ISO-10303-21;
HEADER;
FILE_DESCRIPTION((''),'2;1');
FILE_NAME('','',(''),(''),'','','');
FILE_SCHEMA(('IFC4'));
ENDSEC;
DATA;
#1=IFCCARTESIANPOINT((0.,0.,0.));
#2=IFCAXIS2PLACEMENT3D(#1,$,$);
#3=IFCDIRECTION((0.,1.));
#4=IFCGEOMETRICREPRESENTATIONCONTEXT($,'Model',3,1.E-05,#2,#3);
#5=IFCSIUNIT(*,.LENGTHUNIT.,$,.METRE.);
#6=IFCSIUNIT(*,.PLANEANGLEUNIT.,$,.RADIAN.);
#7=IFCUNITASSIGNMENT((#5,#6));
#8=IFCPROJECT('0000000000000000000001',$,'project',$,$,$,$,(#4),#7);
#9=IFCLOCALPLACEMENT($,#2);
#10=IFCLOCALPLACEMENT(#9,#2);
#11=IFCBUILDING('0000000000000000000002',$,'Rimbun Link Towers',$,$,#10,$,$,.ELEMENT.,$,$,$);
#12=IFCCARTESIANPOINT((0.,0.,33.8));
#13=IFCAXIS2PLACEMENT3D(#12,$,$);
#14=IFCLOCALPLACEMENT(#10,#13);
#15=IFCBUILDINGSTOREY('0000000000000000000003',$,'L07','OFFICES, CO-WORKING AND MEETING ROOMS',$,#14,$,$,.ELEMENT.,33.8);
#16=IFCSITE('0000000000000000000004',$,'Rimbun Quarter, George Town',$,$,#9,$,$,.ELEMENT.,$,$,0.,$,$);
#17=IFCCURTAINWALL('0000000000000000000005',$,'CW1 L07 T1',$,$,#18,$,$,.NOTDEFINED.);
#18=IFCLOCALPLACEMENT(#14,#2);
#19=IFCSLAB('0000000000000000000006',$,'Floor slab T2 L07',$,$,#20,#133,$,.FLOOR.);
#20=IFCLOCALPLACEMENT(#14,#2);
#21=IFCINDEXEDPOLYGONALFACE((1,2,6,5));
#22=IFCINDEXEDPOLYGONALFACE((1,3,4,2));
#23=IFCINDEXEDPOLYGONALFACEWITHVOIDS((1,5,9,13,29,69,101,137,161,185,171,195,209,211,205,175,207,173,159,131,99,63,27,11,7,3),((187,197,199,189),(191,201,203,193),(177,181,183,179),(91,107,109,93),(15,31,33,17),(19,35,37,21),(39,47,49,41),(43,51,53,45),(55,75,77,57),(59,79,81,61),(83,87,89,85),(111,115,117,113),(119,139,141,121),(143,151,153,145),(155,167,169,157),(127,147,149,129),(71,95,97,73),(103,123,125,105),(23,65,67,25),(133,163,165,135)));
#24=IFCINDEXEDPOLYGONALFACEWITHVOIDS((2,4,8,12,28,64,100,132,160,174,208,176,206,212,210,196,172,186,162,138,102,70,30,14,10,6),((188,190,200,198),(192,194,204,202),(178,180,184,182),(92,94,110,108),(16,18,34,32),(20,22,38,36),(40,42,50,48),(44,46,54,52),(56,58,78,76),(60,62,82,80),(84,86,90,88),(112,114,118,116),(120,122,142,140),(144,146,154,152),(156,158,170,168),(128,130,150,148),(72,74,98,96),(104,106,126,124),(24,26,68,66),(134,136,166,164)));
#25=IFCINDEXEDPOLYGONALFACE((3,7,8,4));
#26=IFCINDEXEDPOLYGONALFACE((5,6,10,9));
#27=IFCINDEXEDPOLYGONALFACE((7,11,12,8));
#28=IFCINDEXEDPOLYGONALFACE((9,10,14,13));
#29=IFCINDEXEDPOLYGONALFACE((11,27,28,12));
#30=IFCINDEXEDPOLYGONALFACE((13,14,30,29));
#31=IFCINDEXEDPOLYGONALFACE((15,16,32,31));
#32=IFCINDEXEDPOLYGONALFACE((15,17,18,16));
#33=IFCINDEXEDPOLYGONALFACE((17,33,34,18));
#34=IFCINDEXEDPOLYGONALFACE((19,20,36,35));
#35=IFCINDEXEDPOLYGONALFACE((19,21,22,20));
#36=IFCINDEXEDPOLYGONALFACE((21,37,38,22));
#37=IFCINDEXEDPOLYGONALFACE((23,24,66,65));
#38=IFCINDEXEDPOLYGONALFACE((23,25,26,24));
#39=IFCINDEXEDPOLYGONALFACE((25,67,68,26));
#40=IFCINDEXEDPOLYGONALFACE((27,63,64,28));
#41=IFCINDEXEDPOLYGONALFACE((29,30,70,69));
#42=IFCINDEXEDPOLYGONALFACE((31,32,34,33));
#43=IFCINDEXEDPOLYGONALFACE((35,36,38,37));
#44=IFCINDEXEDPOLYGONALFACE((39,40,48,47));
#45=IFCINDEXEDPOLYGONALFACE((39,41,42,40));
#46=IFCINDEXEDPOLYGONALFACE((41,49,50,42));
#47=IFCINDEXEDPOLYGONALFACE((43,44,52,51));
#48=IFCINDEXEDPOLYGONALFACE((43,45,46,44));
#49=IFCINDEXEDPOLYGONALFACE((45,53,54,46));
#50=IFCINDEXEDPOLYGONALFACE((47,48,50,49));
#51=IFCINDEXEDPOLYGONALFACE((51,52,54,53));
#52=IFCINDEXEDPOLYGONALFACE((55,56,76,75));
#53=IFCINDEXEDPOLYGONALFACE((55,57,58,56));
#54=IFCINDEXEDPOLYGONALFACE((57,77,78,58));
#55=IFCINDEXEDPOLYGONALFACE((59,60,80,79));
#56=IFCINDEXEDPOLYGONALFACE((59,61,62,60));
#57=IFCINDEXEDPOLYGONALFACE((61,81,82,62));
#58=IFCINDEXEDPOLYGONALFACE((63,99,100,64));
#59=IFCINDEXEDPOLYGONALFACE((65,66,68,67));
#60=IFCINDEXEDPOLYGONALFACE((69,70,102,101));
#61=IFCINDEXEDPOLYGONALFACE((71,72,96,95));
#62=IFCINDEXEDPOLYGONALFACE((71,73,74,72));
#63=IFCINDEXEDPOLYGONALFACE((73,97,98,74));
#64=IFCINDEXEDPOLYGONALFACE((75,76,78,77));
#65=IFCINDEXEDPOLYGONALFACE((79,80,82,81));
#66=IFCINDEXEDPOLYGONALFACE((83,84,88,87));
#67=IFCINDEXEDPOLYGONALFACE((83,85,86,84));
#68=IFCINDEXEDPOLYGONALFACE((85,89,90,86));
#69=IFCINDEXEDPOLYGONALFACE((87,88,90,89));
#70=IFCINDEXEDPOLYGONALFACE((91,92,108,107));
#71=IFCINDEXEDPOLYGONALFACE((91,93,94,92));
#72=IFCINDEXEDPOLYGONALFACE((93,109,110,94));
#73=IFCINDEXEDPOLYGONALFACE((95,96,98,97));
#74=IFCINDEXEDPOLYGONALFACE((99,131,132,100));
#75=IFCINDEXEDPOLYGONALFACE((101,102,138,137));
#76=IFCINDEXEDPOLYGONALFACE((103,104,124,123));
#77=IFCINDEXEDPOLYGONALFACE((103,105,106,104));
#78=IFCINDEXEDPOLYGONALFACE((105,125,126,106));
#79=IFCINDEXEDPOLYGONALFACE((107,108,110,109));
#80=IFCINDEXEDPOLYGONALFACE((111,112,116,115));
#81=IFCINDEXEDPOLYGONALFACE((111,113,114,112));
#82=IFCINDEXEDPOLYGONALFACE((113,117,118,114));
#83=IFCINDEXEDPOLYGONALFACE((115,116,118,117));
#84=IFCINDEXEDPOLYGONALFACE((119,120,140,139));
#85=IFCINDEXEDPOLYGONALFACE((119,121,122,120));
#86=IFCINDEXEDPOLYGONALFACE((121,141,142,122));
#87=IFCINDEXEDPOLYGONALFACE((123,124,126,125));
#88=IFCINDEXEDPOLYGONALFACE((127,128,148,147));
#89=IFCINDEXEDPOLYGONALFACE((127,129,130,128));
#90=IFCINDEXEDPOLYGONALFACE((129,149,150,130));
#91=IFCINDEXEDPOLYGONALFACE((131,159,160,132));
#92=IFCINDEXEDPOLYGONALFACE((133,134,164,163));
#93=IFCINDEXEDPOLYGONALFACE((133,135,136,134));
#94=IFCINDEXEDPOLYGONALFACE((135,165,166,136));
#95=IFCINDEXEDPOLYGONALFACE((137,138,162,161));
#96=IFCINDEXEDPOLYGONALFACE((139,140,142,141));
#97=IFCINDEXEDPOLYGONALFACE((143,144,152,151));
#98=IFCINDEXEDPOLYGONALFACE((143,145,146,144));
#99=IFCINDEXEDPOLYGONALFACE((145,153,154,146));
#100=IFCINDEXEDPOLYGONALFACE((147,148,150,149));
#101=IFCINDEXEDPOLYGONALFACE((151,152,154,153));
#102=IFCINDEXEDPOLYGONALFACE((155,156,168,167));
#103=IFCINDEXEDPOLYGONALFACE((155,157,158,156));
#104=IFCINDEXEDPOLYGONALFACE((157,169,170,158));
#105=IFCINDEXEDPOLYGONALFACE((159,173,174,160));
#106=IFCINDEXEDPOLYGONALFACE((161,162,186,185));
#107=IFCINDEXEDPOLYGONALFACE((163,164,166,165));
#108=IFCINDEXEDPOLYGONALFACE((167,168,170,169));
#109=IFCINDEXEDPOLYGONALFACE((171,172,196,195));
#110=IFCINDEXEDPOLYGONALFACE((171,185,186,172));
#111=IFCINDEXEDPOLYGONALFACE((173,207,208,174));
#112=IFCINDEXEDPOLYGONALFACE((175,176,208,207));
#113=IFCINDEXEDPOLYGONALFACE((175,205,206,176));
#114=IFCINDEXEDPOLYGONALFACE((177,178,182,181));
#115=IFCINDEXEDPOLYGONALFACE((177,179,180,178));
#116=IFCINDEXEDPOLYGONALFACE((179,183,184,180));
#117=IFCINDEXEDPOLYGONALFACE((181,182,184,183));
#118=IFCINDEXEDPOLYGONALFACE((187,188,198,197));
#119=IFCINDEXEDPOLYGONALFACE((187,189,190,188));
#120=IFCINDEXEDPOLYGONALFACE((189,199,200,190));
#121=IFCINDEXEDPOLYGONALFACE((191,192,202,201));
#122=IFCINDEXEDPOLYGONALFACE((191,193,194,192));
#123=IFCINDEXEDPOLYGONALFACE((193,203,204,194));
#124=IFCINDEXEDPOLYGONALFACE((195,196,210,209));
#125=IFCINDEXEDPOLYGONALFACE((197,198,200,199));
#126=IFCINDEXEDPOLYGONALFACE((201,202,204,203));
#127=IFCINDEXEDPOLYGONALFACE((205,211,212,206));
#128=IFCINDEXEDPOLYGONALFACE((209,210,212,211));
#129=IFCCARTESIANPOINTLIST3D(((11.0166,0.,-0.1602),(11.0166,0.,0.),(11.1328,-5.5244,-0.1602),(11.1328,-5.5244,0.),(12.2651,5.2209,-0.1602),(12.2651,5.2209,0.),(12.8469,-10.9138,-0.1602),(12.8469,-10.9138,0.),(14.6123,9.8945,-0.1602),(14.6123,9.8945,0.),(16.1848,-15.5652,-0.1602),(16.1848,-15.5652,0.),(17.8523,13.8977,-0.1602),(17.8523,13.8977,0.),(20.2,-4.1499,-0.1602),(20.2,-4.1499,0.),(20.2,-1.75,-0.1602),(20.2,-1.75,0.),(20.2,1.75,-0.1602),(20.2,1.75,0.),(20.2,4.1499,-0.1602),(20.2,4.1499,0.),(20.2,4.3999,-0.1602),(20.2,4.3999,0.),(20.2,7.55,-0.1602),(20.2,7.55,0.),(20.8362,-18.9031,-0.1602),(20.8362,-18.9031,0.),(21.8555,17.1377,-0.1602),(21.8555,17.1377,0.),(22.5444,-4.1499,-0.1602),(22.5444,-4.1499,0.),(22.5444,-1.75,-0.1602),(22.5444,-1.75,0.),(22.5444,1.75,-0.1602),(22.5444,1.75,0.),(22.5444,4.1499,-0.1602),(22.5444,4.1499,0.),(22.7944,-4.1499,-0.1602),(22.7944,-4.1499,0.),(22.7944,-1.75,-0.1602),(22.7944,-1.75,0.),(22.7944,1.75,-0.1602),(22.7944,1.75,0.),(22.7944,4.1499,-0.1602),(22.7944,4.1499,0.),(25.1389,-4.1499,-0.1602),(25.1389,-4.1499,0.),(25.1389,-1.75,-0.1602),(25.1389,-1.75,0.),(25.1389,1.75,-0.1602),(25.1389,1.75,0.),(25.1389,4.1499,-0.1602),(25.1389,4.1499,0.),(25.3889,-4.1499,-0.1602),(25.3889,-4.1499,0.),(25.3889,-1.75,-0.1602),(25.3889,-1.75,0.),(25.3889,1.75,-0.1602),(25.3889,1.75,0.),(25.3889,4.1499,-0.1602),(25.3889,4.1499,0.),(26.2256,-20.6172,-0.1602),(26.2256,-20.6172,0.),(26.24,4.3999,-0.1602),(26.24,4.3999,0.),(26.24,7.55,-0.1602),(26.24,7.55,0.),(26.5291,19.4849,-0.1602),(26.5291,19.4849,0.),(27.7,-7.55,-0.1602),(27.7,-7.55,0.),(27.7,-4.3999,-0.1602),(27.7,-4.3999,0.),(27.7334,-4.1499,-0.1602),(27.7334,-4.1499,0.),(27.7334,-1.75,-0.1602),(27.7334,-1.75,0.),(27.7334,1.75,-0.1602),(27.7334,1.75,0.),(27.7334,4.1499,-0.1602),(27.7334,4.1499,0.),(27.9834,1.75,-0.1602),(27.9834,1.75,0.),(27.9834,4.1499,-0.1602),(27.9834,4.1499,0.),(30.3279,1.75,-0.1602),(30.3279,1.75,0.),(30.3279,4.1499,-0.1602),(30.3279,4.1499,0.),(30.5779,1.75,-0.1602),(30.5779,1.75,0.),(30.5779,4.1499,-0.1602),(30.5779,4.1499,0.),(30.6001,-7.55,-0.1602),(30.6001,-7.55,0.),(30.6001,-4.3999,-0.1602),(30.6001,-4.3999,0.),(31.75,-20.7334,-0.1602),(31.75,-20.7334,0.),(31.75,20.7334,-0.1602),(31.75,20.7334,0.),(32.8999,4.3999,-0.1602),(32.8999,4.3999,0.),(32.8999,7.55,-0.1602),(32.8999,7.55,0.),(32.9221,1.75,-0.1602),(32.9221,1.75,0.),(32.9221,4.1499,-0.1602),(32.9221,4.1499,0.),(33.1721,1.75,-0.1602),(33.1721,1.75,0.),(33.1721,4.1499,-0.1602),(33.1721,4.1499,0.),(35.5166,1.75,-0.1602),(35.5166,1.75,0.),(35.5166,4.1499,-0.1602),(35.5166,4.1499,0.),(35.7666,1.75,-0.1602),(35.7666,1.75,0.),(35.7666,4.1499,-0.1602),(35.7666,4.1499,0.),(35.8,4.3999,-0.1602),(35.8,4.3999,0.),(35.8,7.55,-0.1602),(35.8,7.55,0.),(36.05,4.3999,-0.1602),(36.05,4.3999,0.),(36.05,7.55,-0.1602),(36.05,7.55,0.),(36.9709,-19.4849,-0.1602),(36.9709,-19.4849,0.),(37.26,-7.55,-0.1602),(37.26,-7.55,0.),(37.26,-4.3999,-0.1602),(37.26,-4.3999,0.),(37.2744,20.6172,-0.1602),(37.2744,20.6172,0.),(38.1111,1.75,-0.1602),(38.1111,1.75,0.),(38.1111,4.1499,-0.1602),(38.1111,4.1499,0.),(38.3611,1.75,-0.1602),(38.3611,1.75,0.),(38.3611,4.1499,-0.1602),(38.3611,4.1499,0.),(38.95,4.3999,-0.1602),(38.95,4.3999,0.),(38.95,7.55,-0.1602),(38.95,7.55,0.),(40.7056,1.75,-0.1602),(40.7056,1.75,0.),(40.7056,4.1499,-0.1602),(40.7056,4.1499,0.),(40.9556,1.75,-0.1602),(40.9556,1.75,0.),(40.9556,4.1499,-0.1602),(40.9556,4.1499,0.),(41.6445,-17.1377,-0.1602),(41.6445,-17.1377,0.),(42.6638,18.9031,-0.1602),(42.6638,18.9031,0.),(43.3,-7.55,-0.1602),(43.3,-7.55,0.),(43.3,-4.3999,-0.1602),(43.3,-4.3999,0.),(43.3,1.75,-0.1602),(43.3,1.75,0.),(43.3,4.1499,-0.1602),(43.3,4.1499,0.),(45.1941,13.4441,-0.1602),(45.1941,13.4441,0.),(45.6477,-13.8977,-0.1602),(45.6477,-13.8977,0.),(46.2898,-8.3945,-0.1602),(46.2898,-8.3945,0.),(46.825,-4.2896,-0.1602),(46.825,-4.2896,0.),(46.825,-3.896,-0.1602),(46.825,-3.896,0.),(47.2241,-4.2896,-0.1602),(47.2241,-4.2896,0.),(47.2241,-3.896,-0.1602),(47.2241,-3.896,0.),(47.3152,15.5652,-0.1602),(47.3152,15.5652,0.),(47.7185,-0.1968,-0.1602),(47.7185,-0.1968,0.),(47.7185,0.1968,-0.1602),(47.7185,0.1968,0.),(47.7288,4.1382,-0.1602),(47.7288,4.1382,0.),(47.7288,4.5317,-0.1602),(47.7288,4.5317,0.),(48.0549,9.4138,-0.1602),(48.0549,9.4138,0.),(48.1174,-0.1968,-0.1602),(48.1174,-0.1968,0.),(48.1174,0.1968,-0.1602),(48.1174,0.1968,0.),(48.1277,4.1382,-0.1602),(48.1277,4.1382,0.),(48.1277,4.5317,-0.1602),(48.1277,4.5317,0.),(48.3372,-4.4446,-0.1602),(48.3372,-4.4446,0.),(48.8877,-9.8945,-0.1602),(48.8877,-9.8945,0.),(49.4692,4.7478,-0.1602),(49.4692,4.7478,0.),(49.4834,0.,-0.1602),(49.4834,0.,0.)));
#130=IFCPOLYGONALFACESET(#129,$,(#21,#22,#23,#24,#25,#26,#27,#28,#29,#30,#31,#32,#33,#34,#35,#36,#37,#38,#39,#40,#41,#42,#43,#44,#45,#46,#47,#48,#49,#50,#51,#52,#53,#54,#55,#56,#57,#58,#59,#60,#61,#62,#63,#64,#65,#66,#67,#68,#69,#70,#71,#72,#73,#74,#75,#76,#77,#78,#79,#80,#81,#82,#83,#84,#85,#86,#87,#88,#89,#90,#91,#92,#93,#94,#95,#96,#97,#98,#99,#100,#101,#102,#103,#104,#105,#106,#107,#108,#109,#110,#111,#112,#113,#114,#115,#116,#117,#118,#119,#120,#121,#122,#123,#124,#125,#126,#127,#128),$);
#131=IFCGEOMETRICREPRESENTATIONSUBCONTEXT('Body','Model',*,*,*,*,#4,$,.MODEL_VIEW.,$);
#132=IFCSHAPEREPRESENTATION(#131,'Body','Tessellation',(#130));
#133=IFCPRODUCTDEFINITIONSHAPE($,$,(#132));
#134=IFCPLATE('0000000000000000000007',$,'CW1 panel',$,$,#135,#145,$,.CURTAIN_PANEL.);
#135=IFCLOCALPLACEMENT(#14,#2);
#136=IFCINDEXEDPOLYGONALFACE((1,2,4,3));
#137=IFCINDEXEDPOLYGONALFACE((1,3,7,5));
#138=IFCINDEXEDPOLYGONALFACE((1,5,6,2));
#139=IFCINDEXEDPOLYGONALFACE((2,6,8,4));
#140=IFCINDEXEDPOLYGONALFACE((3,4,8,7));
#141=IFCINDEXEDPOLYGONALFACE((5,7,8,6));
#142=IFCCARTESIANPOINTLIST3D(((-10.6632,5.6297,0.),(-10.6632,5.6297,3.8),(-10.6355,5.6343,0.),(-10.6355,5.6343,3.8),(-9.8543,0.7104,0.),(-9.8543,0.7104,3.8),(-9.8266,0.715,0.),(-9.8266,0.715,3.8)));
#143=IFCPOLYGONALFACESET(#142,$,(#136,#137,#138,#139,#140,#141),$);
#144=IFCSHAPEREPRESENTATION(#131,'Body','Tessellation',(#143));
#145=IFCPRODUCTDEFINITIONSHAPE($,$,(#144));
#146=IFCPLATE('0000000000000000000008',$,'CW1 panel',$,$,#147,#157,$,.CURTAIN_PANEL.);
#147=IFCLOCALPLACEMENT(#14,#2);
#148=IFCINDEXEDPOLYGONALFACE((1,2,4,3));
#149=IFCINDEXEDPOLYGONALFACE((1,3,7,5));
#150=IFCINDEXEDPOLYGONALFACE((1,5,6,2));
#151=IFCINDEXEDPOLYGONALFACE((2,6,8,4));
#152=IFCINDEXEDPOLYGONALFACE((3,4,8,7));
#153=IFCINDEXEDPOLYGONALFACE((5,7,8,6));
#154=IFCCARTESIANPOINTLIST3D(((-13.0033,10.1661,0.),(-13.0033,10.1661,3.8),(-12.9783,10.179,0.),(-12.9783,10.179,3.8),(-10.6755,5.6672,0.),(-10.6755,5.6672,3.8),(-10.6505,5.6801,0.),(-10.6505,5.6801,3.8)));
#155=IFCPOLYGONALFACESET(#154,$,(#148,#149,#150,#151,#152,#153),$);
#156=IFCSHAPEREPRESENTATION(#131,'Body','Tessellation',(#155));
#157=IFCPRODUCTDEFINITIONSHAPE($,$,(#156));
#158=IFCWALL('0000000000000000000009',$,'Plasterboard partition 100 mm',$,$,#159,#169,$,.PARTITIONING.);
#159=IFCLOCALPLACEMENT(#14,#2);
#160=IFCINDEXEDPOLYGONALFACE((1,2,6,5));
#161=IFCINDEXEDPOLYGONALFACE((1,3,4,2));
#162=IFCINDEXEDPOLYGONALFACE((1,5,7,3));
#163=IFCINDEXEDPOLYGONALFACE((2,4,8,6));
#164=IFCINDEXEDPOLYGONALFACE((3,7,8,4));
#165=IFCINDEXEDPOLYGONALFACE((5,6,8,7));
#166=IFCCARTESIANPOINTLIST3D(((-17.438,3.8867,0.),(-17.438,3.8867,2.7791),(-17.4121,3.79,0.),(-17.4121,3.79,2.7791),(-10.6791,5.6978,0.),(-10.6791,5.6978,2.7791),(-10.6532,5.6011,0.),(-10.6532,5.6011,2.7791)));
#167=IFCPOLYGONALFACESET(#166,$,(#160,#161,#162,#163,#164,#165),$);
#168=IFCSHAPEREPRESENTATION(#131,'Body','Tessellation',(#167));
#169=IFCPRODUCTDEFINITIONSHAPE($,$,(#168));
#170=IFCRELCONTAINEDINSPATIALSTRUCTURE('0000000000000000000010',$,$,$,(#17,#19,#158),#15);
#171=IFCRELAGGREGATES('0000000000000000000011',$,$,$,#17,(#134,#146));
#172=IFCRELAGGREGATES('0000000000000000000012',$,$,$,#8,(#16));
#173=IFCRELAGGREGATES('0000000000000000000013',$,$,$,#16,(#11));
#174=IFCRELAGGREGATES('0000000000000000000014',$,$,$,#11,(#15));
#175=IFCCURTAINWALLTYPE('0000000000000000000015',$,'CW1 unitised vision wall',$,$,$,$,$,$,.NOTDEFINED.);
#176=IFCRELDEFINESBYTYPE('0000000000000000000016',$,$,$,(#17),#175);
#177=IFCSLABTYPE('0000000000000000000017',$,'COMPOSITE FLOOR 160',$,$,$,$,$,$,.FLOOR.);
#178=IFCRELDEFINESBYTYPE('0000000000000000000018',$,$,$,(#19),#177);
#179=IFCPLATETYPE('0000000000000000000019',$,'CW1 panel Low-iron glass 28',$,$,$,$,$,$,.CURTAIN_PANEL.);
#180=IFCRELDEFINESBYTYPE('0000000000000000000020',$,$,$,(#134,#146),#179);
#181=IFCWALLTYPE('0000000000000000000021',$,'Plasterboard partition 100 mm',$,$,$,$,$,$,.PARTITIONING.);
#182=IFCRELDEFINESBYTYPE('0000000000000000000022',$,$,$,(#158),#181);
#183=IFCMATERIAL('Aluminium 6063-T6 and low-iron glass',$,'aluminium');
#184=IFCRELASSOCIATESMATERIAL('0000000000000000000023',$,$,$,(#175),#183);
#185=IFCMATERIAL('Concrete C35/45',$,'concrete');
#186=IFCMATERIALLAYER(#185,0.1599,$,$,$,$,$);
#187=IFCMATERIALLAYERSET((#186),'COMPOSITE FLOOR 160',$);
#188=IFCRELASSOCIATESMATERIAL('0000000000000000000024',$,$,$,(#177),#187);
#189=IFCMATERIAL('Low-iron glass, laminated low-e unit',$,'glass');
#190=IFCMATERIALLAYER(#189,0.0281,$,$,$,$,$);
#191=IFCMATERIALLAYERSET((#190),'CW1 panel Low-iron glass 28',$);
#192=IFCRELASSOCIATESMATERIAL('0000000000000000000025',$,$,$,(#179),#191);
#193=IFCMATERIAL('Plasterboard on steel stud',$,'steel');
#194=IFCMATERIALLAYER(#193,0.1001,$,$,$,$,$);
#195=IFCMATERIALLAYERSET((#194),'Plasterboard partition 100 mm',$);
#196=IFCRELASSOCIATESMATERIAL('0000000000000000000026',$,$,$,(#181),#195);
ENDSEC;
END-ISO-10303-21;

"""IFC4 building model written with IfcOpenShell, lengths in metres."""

from ifc_helpers import new_model, si_unit, direction, frame, frame_2d, origin, origin_2d, place, context, subcontext, project, spatial, polyline, rectangle, outline, extrude, material, layer, layer_set, type_object, element, aggregate, save


model = new_model("IFC4")

# Units and contexts
model_context = context("Model", 3, precision=1e-05, world=origin(), true_north=direction((0.0, 1.0)))
body_context = subcontext(model_context, "Body", "Model", "MODEL_VIEW")
ifc_project = project(units=[si_unit("LENGTHUNIT", "METRE"), si_unit("PLANEANGLEUNIT", "RADIAN")], contexts=[model_context])

# Site, building, storey
site_placement = place(None, origin())
site = spatial("IfcSite", under=ifc_project, at=site_placement, Name="Rimbun Quarter, George Town", CompositionType="ELEMENT", RefElevation=0.0)
building_placement = place(site_placement, origin())
building = spatial("IfcBuilding", under=site, at=building_placement, Name="Rimbun Link Towers", CompositionType="ELEMENT")
storey_placement = place(building_placement, frame((0.0, 0.0, 33.8)))
storey = spatial("IfcBuildingStorey", under=building, at=storey_placement, Name="L07", Description="OFFICES, CO-WORKING AND MEETING ROOMS", CompositionType="ELEMENT", Elevation=33.8)

# Curtain wall
ifc_material_1 = material(Name="Aluminium 6063-T6 and low-iron glass", Category="aluminium")
curtain_wall_type = type_object("IfcCurtainWallType", Name="CW1 unitised vision wall", PredefinedType="NOTDEFINED", material=ifc_material_1)
curtain_wall_placement = place(storey_placement, origin())
curtain_wall = element("IfcCurtainWall", 1, at=curtain_wall_placement, inside=storey, type_object=curtain_wall_type, Name="CW1 L07 T1", PredefinedType="NOTDEFINED")

# Slab
ifc_material_2 = material(Name="Concrete C35/45", Category="concrete")
ifc_layer_1 = layer(ifc_material_2, 0.1599)
ifc_layer_set_1 = layer_set([ifc_layer_1], Name="COMPOSITE FLOOR 160")
slab_type = type_object("IfcSlabType", Name="COMPOSITE FLOOR 160", PredefinedType="FLOOR", material=ifc_layer_set_1)
slab_placement = place(storey_placement, frame((0.0, 0.0, -0.1602)))
element("IfcSlab", 2, at=slab_placement, inside=storey, type_object=slab_type, Name="Floor slab T2 L07", PredefinedType="FLOOR", context=body_context, shape_type="SweptSolid", body=[
    extrude(outline(polyline([(45.6477, -13.8977), (41.6445, -17.1377), (36.9709, -19.4849), (31.75, -20.7334), (26.2256, -20.6172), (20.8362, -18.9031), (16.1848, -15.5652), (12.8469, -10.9138), (11.1328, -5.5244), (11.0166, 0.0), (12.2651, 5.2209), (14.6123, 9.8945), (17.8523, 13.8977), (21.8555, 17.1377), (26.5291, 19.4849), (31.75, 20.7334), (37.2744, 20.6172), (42.6638, 18.9031), (47.3152, 15.5652), (45.1941, 13.4441), (48.0549, 9.4138), (49.4692, 4.7478), (49.4834, 0.0), (48.3372, -4.4446), (46.2898, -8.3945), (48.8877, -9.8945), (45.6477, -13.8977)]), holes=[polyline([(30.6001, -7.55), (30.6001, -4.3999), (27.7, -4.3999), (27.7, -7.55), (30.6001, -7.55)]), polyline([(22.5444, -4.1499), (22.5444, -1.75), (20.2, -1.75), (20.2, -4.1499), (22.5444, -4.1499)]), polyline([(25.1389, -4.1499), (25.1389, -1.75), (22.7944, -1.75), (22.7944, -4.1499), (25.1389, -4.1499)]), polyline([(25.3889, -4.1499), (27.7334, -4.1499), (27.7334, -1.75), (25.3889, -1.75), (25.3889, -4.1499)]), polyline([(20.2, 1.75), (22.5444, 1.75), (22.5444, 4.1499), (20.2, 4.1499), (20.2, 1.75)]), polyline([(25.1389, 1.75), (25.1389, 4.1499), (22.7944, 4.1499), (22.7944, 1.75), (25.1389, 1.75)]), polyline([(27.7334, 1.75), (27.7334, 4.1499), (25.3889, 4.1499), (25.3889, 1.75), (27.7334, 1.75)]), polyline([(30.3279, 1.75), (30.3279, 4.1499), (27.9834, 4.1499), (27.9834, 1.75), (30.3279, 1.75)]), polyline([(30.5779, 1.75), (32.9221, 1.75), (32.9221, 4.1499), (30.5779, 4.1499), (30.5779, 1.75)]), polyline([(20.2, 4.3999), (26.24, 4.3999), (26.24, 7.55), (20.2, 7.55), (20.2, 4.3999)]), polyline([(43.3, -7.55), (43.3, -4.3999), (37.26, -4.3999), (37.26, -7.55), (43.3, -7.55)]), polyline([(47.2241, -4.2896), (47.2241, -3.896), (46.825, -3.896), (46.825, -4.2896), (47.2241, -4.2896)]), polyline([(48.1174, -0.1968), (48.1174, 0.1968), (47.7185, 0.1968), (47.7185, -0.1968), (48.1174, -0.1968)]), polyline([(33.1721, 1.75), (35.5166, 1.75), (35.5166, 4.1499), (33.1721, 4.1499), (33.1721, 1.75)]), polyline([(35.7666, 1.75), (38.1111, 1.75), (38.1111, 4.1499), (35.7666, 4.1499), (35.7666, 1.75)]), polyline([(40.7056, 1.75), (40.7056, 4.1499), (38.3611, 4.1499), (38.3611, 1.75), (40.7056, 1.75)]), polyline([(43.3, 1.75), (43.3, 4.1499), (40.9556, 4.1499), (40.9556, 1.75), (43.3, 1.75)]), polyline([(48.1277, 4.1382), (48.1277, 4.5317), (47.7288, 4.5317), (47.7288, 4.1382), (48.1277, 4.1382)]), polyline([(32.8999, 4.3999), (35.8, 4.3999), (35.8, 7.55), (32.8999, 7.55), (32.8999, 4.3999)]), polyline([(36.05, 4.3999), (38.95, 4.3999), (38.95, 7.55), (36.05, 7.55), (36.05, 4.3999)])]), origin(), (0.0, 0.0, 1.0), 0.1602),
])

# Plates
ifc_material_3 = material(Name="Low-iron glass, laminated low-e unit", Category="glass")
ifc_layer_2 = layer(ifc_material_3, 0.0281)
ifc_layer_set_2 = layer_set([ifc_layer_2], Name="CW1 panel Low-iron glass 28")
plate_type = type_object("IfcPlateType", Name="CW1 panel Low-iron glass 28", PredefinedType="CURTAIN_PANEL", material=ifc_layer_set_2)
plate_1_placement = place(storey_placement, frame((-10.2449, 3.1724, 0.0), z_axis=(0.0, 0.0, 1.0), x_axis=(0.162263, -0.986748, 0.0)))
plate_1 = element("IfcPlate", 3, at=plate_1_placement, type_object=plate_type, Name="CW1 panel", PredefinedType="CURTAIN_PANEL", context=body_context, shape_type="SweptSolid", body=[
    extrude(rectangle(XDim=4.9854, YDim=0.0281, at=origin_2d()), origin(), (0.0, 0.0, 1.0), 3.8),
])
plate_2_placement = place(storey_placement, frame((-11.8269, 7.9231, 0.0), z_axis=(0.0, 0.0, 1.0), x_axis=(0.459548, -0.888153, 0.0)))
plate_2 = element("IfcPlate", 4, at=plate_2_placement, type_object=plate_type, Name="CW1 panel", PredefinedType="CURTAIN_PANEL", context=body_context, shape_type="SweptSolid", body=[
    extrude(rectangle(XDim=5.0654, YDim=0.0281, at=origin_2d()), origin(), (0.0, 0.0, 1.0), 3.8),
])
aggregate(curtain_wall, [plate_1, plate_2])

# Wall
ifc_material_4 = material(Name="Plasterboard on steel stud", Category="steel")
ifc_layer_3 = layer(ifc_material_4, 0.1001)
ifc_layer_set_3 = layer_set([ifc_layer_3], Name="Plasterboard partition 100 mm")
wall_type = type_object("IfcWallType", Name="Plasterboard partition 100 mm", PredefinedType="PARTITIONING", material=ifc_layer_set_3)
wall_1_placement = place(storey_placement, frame((-10.6663, 5.6494, 0.0), z_axis=(0.0, 0.0, 1.0), x_axis=(-0.965925, -0.258822, 0.0)))
element("IfcWall", 5, at=wall_1_placement, inside=storey, type_object=wall_type, Name="Plasterboard partition 100 mm", PredefinedType="PARTITIONING", context=body_context, shape_type="SweptSolid", body=[
    extrude(rectangle(XDim=6.9973, YDim=0.1001, at=frame_2d((3.4985, 0.0))), origin(), (0.0, 0.0, 1.0), 2.7791),
])

save(model, "model.ifc")
